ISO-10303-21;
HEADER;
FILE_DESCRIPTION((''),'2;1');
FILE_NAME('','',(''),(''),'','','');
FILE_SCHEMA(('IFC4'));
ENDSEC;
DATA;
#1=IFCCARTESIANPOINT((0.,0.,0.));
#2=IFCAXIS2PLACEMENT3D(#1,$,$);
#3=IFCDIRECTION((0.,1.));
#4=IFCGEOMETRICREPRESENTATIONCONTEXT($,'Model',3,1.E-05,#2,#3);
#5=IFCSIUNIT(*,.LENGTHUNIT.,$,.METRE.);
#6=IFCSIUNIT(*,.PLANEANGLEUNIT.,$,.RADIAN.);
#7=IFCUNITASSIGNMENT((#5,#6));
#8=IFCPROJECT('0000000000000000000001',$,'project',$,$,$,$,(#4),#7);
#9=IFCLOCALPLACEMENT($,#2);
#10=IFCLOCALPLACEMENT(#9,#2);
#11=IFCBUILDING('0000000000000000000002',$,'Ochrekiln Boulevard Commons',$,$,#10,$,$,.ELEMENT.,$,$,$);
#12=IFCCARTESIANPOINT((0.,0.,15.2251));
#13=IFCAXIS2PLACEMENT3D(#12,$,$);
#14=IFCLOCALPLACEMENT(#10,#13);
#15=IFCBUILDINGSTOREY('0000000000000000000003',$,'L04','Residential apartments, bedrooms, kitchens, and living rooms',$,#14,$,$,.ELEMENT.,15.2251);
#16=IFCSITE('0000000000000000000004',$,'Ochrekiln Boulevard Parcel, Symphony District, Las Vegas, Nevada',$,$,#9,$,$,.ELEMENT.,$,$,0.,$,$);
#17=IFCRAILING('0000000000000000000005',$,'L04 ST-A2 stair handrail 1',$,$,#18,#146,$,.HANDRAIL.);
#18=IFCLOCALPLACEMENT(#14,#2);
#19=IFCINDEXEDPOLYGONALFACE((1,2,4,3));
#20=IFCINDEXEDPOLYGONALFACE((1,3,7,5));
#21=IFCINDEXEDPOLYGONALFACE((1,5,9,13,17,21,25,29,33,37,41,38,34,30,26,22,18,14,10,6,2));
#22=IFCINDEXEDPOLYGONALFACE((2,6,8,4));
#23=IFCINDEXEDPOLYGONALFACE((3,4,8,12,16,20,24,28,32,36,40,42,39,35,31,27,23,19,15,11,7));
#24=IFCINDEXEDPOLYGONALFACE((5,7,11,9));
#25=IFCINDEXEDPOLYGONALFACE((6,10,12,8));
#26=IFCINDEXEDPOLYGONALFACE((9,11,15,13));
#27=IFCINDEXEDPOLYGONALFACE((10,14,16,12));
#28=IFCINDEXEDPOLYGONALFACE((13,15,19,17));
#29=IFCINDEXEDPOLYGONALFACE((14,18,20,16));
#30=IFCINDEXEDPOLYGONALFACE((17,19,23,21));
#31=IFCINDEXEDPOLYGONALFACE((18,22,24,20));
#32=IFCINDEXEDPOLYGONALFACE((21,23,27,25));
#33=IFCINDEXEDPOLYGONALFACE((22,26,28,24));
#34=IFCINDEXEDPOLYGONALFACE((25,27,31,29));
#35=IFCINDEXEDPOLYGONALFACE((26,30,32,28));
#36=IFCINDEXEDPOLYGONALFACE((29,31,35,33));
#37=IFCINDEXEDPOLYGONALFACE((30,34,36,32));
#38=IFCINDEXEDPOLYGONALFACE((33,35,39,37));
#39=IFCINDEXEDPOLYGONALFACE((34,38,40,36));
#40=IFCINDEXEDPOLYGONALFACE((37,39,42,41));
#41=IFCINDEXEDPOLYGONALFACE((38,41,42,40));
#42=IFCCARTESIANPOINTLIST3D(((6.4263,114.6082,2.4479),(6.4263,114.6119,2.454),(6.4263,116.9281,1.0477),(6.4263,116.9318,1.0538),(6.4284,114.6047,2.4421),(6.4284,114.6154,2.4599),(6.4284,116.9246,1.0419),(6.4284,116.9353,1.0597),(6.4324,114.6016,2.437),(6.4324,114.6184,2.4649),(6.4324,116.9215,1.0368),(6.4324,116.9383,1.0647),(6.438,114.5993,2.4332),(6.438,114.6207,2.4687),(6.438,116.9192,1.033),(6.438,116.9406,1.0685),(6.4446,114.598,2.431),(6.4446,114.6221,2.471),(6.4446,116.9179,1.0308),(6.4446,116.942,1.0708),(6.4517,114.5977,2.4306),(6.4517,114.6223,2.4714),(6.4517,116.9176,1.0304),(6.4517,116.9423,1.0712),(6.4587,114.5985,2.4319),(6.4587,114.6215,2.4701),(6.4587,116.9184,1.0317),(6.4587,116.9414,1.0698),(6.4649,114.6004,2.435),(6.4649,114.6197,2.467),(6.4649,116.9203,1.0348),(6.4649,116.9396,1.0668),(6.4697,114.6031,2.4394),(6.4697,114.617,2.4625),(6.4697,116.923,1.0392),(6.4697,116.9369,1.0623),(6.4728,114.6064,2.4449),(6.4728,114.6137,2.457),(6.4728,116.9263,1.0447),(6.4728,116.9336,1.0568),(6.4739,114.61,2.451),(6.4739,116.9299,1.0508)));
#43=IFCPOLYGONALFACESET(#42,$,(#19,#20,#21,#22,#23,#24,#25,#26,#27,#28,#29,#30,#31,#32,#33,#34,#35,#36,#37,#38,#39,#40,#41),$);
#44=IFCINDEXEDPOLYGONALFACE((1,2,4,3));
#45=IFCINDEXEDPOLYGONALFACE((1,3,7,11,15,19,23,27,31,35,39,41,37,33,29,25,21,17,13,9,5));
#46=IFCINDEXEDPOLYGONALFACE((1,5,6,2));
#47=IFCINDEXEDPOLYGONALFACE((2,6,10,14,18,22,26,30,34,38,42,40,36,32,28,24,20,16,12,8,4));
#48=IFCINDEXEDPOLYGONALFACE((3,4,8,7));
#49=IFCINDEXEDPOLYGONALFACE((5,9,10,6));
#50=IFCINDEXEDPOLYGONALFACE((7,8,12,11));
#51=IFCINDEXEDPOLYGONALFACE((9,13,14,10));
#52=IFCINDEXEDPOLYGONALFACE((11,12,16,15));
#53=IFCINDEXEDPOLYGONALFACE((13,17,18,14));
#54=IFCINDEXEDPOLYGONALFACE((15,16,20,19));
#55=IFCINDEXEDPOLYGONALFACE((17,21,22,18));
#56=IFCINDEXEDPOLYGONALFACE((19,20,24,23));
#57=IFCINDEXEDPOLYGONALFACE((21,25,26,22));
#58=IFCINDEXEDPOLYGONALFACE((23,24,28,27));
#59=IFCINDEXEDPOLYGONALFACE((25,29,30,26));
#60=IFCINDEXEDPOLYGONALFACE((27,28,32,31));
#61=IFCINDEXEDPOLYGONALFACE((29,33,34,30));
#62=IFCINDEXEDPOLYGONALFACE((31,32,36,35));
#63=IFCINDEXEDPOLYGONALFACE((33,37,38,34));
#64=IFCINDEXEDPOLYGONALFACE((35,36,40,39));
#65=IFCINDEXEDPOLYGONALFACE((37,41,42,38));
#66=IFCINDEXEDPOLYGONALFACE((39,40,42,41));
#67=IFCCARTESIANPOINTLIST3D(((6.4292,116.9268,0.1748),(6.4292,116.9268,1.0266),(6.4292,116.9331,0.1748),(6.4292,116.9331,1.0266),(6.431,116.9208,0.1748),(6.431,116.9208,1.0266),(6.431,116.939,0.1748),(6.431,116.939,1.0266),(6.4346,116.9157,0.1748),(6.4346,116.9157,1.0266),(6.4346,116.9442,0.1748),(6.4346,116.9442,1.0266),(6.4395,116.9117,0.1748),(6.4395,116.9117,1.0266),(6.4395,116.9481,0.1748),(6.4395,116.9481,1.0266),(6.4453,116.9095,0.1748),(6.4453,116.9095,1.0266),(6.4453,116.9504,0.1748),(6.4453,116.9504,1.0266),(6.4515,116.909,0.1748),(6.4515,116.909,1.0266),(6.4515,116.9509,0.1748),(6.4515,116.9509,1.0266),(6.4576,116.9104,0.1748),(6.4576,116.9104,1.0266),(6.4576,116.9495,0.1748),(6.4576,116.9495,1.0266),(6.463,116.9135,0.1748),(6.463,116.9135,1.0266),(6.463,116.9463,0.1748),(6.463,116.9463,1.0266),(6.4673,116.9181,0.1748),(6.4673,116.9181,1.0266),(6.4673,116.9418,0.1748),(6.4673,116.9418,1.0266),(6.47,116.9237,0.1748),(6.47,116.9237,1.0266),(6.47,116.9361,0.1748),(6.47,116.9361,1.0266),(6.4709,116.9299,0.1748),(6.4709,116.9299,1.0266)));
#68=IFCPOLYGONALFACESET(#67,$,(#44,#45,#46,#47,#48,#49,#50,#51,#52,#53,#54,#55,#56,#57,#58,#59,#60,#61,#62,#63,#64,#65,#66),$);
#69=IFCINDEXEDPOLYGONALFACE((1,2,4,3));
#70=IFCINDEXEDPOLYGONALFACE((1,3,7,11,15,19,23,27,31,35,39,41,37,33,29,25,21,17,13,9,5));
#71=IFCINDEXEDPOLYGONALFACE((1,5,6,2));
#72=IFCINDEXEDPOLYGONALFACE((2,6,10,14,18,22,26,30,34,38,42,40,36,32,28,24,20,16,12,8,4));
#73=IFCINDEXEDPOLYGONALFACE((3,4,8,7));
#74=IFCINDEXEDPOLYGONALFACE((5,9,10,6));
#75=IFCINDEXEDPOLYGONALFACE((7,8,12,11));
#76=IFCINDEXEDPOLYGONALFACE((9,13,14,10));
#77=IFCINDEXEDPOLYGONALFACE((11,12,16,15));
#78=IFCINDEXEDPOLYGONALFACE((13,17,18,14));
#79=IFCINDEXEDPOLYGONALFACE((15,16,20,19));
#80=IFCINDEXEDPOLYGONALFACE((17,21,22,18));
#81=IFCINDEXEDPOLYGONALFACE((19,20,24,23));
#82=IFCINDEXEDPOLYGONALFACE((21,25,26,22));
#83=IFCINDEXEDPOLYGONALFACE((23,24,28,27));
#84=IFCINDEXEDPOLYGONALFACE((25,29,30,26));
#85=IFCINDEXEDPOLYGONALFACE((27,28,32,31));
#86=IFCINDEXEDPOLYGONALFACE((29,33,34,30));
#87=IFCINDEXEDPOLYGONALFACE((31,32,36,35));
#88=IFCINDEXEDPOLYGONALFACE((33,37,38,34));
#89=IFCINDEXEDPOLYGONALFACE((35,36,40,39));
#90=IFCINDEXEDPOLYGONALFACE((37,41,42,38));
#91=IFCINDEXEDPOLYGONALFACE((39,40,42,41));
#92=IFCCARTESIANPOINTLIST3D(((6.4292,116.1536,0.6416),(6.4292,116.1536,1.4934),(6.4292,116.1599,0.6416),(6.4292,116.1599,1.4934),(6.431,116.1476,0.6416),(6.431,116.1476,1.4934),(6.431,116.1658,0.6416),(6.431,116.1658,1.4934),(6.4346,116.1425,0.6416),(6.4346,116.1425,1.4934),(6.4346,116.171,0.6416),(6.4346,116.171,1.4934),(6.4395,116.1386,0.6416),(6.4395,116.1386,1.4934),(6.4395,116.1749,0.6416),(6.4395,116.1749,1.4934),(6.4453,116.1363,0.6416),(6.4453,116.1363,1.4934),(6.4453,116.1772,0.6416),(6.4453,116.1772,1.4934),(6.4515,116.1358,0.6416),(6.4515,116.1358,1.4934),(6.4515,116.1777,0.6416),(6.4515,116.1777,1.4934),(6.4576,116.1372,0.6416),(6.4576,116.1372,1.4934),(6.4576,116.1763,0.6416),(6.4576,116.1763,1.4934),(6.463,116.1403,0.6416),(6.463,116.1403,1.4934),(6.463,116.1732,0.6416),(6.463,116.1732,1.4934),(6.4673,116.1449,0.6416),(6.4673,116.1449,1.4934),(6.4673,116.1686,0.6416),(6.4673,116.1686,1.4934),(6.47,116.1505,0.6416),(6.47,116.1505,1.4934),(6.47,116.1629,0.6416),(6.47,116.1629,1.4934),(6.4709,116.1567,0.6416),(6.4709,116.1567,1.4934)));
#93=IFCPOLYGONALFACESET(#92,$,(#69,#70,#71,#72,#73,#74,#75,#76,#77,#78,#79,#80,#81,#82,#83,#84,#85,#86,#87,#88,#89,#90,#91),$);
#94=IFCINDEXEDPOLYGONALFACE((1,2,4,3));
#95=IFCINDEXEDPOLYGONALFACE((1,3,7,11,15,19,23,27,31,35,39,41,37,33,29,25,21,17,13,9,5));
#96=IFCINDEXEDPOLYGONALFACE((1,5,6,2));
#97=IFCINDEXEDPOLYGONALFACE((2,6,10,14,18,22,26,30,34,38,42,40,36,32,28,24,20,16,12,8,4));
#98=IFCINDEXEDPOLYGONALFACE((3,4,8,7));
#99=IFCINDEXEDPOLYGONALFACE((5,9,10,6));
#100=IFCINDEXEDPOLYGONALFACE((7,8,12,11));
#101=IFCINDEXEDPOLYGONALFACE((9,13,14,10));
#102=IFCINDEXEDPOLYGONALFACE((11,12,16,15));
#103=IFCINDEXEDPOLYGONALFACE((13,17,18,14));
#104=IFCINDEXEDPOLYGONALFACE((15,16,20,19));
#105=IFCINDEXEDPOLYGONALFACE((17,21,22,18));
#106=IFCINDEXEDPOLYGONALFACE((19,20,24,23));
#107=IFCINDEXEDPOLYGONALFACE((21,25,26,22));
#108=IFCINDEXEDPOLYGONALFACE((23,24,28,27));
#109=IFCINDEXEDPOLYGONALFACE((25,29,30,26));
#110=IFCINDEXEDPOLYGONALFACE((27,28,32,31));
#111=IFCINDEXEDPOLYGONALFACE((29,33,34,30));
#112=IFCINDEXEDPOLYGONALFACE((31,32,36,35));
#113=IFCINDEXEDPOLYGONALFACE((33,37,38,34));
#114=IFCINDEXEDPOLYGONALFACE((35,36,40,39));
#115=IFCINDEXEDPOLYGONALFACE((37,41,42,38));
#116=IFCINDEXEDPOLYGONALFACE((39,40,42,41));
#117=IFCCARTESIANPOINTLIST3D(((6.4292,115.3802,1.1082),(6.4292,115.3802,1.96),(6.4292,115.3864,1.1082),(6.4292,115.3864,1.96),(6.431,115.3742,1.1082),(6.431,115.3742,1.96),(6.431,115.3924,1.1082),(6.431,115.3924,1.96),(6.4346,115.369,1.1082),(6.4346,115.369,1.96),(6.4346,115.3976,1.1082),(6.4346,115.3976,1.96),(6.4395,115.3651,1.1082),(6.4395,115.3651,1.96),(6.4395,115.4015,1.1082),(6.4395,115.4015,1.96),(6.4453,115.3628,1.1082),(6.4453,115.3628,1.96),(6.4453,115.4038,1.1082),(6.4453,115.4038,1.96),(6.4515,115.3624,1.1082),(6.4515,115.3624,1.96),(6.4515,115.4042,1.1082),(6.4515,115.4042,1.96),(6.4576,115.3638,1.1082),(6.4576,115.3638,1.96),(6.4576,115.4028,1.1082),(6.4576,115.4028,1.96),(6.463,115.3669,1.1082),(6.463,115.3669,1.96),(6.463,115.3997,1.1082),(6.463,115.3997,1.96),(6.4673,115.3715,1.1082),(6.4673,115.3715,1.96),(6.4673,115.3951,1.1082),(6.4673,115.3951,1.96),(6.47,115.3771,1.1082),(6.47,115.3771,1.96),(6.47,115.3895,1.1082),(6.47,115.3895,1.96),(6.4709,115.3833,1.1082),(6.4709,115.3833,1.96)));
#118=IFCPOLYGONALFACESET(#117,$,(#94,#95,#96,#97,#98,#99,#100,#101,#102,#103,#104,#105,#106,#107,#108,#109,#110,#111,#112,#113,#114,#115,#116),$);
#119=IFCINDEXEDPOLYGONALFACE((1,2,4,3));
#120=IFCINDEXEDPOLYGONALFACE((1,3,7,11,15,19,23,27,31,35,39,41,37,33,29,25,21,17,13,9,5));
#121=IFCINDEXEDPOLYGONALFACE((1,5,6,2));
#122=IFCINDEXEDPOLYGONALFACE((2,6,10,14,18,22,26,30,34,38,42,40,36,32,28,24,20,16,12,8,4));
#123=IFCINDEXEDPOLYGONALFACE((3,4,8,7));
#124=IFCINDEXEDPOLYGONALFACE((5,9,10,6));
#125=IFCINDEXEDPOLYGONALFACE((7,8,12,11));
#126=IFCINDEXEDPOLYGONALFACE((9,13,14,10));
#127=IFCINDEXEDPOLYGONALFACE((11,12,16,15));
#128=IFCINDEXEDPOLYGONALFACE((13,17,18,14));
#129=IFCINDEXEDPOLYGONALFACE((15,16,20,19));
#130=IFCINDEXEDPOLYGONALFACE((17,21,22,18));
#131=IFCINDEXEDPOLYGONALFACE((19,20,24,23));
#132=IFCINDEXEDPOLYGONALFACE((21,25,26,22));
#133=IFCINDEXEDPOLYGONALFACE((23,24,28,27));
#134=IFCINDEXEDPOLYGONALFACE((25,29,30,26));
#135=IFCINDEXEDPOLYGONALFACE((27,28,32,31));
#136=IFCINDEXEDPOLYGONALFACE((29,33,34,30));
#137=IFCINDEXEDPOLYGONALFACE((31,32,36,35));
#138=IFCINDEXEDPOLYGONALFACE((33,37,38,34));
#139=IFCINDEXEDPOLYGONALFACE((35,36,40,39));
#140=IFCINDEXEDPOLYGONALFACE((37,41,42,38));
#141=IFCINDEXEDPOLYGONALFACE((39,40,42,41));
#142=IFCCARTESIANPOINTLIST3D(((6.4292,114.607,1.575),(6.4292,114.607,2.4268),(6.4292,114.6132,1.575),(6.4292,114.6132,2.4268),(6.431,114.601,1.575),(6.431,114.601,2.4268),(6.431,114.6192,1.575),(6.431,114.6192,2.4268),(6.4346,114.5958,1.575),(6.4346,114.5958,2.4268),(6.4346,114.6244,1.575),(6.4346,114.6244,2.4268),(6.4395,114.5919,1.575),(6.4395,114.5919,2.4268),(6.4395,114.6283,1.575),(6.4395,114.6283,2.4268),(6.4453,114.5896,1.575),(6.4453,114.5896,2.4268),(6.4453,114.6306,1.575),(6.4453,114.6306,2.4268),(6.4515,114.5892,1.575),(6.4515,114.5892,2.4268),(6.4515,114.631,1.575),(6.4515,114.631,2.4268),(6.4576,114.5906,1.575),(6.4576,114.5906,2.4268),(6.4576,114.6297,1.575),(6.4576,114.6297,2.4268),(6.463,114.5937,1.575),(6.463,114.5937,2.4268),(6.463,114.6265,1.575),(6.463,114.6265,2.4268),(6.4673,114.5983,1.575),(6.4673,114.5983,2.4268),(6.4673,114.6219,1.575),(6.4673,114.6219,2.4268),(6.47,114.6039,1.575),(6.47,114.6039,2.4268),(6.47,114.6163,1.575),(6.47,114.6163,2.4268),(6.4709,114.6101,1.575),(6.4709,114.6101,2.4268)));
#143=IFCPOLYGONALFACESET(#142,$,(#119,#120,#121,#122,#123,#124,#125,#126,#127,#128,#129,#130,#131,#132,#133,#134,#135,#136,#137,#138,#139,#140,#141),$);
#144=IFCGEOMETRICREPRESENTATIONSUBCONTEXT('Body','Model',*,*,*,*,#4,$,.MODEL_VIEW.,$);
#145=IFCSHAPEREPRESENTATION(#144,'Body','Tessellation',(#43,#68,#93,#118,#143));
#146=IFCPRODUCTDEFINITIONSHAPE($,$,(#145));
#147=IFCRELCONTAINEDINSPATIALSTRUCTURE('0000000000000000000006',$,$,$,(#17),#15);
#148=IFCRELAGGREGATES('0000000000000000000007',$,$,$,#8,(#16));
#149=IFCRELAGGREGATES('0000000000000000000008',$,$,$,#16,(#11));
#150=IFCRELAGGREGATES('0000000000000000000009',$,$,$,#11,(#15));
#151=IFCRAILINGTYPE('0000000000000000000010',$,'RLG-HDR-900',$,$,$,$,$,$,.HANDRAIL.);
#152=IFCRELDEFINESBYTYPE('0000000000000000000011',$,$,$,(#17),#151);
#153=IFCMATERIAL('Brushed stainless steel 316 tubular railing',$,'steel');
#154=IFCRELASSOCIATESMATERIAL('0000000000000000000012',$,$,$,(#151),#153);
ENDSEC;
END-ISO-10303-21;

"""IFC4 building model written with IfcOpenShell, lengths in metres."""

from ifc_helpers import new_model, si_unit, direction, frame, origin, origin_2d, place, context, subcontext, project, spatial, circle, extrude, material, type_object, element, save


model = new_model("IFC4")

# Units and contexts
model_context = context("Model", 3, precision=1e-05, world=origin(), true_north=direction((0.0, 1.0)))
body_context = subcontext(model_context, "Body", "Model", "MODEL_VIEW")
ifc_project = project(units=[si_unit("LENGTHUNIT", "METRE"), si_unit("PLANEANGLEUNIT", "RADIAN")], contexts=[model_context])

# Site, building, storey
site_placement = place(None, origin())
site = spatial("IfcSite", under=ifc_project, at=site_placement, Name="Ochrekiln Boulevard Parcel, Symphony District, Las Vegas, Nevada", CompositionType="ELEMENT", RefElevation=0.0)
building_placement = place(site_placement, origin())
building = spatial("IfcBuilding", under=site, at=building_placement, Name="Ochrekiln Boulevard Commons", CompositionType="ELEMENT")
storey_placement = place(building_placement, frame((0.0, 0.0, 15.2251)))
storey = spatial("IfcBuildingStorey", under=building, at=storey_placement, Name="L04", Description="Residential apartments, bedrooms, kitchens, and living rooms", CompositionType="ELEMENT", Elevation=15.2251)

# Railing
ifc_material_1 = material(Name="Brushed stainless steel 316 tubular railing", Category="steel")
railing_type_1 = type_object("IfcRailingType", Name="RLG-HDR-900", PredefinedType="HANDRAIL", material=ifc_material_1)
railing_1_placement = place(storey_placement, frame((6.45, 116.9299, 0.1748)))
element("IfcRailing", 1, at=railing_1_placement, inside=storey, type_object=railing_type_1, Name="L04 ST-A2 stair handrail 1", PredefinedType="HANDRAIL", context=body_context, shape_type="SweptSolid", body=[
    extrude(circle(Radius=0.0239, at=origin_2d()), frame((0.0, 0.0, 0.876), z_axis=(0.0, -0.856146, 0.516733), x_axis=(1.0, 0.0, 0.0)), (0.0, 0.0, 1.0), 2.7097),
    extrude(circle(Radius=0.021, at=origin_2d()), origin(), (0.0, 0.0, 1.0), 0.8518),
    extrude(circle(Radius=0.021, at=origin_2d()), frame((0.0, -0.7732, 0.4668)), (0.0, 0.0, 1.0), 0.8518),
    extrude(circle(Radius=0.021, at=origin_2d()), frame((0.0, -1.5466, 0.9333)), (0.0, 0.0, 1.0), 0.8518),
    extrude(circle(Radius=0.021, at=origin_2d()), frame((0.0, -2.3198, 1.4001)), (0.0, 0.0, 1.0), 0.8518),
])

save(model, "model.ifc")
